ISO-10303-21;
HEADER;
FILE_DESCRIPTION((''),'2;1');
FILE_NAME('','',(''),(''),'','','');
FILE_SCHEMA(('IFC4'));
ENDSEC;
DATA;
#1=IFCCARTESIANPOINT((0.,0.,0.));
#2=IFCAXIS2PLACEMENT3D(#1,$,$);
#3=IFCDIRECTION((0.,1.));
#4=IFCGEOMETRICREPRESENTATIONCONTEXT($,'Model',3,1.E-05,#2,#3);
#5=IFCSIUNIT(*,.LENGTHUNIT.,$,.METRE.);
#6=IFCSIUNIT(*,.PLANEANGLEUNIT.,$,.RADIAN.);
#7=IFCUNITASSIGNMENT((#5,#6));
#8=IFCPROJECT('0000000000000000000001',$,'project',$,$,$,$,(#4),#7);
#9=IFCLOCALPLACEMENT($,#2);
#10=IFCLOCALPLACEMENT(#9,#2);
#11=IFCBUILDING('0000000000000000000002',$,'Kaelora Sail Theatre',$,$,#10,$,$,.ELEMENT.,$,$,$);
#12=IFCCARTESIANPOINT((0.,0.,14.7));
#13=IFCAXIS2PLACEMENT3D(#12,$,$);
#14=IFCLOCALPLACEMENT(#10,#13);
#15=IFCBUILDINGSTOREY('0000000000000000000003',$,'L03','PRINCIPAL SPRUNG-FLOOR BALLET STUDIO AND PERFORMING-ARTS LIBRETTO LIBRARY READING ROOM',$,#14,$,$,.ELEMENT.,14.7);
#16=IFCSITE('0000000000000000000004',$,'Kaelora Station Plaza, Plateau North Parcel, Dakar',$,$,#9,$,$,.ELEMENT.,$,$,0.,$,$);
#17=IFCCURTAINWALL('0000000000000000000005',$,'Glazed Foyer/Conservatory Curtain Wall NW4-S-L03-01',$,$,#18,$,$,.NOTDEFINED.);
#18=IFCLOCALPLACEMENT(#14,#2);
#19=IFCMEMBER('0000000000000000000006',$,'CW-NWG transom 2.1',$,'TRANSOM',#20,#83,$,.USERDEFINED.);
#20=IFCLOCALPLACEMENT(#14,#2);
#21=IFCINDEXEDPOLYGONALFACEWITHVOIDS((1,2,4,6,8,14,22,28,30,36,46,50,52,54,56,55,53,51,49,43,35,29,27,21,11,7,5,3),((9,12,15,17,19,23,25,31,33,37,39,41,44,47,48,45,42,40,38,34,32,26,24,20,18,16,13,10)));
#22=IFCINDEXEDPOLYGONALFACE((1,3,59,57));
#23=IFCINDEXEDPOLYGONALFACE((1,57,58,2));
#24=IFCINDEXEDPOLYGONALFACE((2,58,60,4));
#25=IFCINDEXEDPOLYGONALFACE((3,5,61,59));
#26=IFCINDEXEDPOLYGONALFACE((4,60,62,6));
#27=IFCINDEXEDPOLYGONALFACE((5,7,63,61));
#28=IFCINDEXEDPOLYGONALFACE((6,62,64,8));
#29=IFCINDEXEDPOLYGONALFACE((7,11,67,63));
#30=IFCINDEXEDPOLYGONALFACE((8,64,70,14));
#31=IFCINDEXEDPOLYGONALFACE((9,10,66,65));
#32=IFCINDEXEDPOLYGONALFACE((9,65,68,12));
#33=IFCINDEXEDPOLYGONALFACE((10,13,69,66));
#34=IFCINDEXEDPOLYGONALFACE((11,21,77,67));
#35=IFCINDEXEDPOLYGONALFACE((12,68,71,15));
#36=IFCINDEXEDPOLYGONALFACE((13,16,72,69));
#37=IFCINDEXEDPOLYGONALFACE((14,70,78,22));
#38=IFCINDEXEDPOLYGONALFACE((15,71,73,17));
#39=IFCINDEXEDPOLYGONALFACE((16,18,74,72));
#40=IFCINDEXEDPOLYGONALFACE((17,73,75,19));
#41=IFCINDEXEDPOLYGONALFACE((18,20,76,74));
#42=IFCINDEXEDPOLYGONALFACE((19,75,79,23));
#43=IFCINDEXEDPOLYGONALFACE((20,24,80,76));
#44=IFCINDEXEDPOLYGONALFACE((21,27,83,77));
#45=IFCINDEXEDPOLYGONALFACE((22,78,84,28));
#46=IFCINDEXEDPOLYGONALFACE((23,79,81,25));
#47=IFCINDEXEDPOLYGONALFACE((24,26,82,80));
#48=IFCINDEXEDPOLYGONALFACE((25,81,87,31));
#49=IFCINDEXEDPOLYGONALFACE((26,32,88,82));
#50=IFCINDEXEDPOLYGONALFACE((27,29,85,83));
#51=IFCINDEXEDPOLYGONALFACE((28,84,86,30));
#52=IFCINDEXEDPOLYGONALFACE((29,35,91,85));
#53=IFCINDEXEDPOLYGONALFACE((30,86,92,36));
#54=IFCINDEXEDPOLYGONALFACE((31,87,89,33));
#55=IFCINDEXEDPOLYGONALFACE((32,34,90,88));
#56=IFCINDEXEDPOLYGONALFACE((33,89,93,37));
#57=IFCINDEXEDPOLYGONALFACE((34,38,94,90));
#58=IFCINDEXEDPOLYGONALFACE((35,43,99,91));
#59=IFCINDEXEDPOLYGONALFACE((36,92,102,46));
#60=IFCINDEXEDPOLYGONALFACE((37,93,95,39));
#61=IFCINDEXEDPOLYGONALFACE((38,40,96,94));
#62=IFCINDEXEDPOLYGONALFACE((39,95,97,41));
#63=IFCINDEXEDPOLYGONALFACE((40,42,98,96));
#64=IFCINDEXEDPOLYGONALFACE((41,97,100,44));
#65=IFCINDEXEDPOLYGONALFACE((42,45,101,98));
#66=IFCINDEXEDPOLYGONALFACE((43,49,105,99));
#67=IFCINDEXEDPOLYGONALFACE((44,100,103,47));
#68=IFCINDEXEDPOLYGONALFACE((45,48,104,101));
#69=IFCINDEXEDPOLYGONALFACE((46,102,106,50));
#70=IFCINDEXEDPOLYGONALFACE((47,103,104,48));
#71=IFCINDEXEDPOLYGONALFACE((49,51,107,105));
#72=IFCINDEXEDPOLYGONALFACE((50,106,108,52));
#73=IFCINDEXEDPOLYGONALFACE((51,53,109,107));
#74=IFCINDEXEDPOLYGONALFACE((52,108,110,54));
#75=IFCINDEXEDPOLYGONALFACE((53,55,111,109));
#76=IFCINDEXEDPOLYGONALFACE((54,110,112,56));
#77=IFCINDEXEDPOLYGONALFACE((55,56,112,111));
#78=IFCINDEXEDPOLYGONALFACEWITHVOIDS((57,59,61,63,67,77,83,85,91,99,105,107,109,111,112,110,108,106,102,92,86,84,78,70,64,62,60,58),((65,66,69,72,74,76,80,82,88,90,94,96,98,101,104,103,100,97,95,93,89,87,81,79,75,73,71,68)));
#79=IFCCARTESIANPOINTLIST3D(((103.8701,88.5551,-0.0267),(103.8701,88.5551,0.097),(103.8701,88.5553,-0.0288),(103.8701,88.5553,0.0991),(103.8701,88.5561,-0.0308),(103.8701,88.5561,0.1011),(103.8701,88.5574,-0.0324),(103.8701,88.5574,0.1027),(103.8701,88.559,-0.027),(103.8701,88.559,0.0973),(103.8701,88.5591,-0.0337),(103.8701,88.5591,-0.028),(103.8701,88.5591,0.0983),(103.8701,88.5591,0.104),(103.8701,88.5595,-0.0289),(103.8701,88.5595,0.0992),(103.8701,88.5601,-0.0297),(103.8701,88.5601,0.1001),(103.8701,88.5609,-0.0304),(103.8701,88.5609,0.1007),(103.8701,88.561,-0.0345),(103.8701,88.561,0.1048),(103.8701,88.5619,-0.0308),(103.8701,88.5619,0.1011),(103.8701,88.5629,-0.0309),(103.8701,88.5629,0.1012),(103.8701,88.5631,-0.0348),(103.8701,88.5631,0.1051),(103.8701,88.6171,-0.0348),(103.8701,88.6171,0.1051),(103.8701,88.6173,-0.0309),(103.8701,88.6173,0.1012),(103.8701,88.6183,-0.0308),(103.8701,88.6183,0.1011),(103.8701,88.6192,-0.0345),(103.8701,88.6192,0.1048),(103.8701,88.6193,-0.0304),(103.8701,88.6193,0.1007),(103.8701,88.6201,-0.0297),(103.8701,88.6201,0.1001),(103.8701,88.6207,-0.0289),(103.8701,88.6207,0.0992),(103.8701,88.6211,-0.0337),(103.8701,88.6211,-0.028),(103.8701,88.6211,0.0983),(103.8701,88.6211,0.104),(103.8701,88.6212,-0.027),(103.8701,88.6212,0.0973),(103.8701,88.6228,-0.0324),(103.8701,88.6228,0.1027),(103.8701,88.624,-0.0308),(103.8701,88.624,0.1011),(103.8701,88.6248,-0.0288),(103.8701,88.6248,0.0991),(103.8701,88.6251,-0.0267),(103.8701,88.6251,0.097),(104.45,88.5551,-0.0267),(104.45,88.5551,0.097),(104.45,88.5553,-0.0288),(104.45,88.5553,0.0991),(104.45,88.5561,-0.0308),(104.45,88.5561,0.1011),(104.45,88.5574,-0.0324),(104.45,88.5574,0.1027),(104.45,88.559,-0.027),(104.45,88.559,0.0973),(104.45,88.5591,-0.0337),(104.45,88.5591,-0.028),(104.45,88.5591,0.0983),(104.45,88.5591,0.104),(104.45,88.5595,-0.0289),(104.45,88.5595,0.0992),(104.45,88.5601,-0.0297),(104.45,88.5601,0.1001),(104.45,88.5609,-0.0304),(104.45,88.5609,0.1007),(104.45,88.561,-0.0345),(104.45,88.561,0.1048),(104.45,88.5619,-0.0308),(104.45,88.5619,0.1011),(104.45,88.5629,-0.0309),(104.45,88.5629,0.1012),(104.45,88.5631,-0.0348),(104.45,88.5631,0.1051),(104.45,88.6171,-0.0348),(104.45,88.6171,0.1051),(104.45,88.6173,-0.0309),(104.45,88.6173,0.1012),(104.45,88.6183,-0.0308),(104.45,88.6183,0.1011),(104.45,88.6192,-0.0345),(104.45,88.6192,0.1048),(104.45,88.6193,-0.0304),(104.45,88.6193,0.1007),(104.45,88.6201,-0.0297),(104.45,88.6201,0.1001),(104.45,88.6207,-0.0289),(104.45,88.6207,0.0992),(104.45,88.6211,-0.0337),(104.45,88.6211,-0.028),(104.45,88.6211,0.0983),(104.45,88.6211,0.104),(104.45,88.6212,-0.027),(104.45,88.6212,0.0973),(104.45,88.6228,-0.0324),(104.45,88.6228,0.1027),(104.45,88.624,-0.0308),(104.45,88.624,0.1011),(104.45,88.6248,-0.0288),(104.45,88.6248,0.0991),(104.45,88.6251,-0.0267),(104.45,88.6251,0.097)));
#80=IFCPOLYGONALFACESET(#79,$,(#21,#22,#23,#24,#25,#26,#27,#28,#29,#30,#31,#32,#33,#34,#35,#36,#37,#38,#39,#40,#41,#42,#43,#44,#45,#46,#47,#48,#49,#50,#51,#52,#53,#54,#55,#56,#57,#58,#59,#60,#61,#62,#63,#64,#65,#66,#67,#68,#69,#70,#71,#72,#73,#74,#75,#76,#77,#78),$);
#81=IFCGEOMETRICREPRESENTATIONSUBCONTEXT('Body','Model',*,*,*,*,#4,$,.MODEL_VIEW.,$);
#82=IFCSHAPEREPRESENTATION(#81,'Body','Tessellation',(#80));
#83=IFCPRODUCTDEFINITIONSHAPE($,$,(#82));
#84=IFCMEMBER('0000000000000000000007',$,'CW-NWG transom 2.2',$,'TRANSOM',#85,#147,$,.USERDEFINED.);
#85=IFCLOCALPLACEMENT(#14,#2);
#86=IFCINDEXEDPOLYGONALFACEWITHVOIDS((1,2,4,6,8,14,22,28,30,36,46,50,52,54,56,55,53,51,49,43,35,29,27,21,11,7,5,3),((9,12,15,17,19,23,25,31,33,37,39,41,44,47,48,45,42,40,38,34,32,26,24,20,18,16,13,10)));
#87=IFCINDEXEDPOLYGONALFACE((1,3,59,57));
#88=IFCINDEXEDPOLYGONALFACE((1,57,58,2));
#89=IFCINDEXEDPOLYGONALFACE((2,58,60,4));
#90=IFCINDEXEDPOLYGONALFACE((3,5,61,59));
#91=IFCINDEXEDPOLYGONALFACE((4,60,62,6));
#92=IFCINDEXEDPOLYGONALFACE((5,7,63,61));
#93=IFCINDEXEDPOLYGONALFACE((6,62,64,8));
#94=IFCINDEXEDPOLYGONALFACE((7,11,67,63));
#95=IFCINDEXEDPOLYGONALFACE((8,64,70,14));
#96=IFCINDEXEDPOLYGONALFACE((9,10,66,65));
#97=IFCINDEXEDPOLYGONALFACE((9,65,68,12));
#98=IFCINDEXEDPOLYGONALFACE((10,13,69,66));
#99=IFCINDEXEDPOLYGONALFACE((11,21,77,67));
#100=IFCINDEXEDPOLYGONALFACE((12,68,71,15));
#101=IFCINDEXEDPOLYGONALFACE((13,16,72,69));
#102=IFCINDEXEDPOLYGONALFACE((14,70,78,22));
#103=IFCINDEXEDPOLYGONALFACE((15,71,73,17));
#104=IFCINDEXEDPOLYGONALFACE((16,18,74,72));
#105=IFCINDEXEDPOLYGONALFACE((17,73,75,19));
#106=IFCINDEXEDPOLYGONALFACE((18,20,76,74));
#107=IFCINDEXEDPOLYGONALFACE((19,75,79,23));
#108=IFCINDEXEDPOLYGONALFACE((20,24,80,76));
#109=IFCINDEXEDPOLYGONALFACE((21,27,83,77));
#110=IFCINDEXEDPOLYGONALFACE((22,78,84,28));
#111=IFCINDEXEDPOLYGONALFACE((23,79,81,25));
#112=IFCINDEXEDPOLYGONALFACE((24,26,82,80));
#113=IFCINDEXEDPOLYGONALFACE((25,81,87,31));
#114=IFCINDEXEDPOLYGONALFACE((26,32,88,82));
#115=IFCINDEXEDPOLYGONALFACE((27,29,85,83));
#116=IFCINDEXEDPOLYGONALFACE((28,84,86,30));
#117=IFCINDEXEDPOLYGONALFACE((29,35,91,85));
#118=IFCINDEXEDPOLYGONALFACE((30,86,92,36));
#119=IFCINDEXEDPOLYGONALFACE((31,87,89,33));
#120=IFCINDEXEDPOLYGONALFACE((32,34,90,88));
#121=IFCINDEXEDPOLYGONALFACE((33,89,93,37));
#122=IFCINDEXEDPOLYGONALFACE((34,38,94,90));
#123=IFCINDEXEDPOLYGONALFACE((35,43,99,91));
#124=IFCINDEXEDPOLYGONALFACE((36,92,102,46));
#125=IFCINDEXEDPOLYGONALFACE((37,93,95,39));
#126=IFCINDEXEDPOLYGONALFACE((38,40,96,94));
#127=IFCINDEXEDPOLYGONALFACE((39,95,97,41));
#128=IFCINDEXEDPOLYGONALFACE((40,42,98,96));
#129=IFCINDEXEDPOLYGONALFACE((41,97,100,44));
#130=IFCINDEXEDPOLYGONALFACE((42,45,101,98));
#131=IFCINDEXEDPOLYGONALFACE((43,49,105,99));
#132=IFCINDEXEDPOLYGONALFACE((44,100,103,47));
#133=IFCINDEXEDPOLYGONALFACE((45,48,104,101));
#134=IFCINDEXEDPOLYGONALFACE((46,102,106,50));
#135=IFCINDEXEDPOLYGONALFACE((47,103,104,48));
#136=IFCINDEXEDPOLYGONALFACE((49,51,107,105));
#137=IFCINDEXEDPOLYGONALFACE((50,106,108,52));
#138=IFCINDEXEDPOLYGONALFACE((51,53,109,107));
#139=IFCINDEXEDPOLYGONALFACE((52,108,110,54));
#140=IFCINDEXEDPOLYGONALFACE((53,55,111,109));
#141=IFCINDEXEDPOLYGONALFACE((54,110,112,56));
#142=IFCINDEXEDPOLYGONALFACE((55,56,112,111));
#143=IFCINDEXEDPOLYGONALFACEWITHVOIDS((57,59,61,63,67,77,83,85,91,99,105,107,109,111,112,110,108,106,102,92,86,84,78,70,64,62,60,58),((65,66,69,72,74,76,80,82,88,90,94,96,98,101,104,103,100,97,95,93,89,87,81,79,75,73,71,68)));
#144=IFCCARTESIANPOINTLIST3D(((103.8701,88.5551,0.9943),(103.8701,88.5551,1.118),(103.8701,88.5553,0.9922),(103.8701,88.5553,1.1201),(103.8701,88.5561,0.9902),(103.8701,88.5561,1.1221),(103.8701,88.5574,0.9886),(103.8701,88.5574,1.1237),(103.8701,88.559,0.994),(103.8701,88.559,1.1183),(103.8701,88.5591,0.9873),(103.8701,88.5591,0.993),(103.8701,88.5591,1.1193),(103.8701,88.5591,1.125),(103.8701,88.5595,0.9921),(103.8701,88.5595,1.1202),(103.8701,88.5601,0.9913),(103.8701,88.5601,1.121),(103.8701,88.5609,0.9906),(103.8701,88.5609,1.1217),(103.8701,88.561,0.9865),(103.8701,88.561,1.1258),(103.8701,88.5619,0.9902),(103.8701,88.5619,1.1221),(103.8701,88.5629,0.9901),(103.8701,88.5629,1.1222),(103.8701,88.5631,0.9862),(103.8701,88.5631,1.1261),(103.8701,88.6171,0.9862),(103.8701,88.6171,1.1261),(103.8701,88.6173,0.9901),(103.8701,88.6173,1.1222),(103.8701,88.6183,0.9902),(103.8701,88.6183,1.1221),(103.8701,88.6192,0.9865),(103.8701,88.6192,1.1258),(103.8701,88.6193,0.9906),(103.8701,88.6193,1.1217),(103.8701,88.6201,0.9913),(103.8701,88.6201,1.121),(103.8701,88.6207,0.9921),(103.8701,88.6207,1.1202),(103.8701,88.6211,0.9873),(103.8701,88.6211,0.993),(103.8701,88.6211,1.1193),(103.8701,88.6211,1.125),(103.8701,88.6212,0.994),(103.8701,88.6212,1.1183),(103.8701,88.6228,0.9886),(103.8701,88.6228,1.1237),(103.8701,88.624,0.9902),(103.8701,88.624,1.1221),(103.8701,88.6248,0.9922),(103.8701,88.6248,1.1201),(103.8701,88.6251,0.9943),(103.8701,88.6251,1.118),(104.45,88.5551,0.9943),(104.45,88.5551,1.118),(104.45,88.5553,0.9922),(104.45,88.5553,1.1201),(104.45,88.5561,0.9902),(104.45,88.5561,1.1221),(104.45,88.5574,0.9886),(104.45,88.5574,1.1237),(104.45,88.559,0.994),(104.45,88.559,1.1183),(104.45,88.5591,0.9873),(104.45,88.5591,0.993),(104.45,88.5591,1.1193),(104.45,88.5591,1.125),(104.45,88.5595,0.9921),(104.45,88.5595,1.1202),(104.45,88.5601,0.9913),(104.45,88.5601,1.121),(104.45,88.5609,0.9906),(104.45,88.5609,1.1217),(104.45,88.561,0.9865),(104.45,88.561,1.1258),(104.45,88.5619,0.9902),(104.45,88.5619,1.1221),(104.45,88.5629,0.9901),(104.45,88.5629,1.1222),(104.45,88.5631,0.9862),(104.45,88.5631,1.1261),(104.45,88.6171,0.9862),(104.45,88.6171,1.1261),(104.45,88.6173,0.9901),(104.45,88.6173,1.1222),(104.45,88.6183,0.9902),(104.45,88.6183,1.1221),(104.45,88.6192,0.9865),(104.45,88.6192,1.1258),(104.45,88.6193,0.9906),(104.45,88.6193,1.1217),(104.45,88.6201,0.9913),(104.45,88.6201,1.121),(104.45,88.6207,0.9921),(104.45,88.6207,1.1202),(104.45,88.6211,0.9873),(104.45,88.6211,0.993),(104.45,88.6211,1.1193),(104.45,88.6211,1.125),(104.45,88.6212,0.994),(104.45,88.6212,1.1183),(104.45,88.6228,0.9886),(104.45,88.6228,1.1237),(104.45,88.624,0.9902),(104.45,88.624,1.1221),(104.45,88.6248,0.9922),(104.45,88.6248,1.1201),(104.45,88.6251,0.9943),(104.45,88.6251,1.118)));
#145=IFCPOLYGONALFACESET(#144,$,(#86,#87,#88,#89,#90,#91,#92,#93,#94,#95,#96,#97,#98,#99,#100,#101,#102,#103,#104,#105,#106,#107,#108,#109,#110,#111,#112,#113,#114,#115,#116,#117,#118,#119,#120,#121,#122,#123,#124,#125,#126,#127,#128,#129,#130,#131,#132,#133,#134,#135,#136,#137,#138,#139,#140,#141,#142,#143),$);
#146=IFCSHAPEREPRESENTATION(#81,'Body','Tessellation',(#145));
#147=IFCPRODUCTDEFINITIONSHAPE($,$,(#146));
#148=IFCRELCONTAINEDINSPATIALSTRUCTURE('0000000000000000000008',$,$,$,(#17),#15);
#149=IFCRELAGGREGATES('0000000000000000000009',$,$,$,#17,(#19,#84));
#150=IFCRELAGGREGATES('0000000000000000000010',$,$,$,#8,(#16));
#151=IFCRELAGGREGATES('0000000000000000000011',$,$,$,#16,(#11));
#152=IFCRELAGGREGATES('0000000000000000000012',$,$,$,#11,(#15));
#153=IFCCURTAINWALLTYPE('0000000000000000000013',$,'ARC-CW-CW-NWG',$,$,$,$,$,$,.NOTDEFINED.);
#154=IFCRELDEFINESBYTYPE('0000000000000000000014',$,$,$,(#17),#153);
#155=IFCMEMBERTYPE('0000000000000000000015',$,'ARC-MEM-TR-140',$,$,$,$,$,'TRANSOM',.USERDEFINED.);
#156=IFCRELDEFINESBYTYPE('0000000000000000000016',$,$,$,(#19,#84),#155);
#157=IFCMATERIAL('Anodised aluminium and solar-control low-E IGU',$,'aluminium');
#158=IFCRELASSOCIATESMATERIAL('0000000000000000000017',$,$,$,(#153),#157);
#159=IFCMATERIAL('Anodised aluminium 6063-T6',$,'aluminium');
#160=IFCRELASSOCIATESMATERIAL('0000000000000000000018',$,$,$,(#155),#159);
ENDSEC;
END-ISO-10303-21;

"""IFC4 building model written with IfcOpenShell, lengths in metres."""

from ifc_helpers import new_model, si_unit, direction, frame, origin, origin_2d, place, context, subcontext, project, spatial, hollow_rectangle, extrude, material, material_profile, profile_set, type_object, element, aggregate, save


model = new_model("IFC4")

# Units and contexts
model_context = context("Model", 3, precision=1e-05, world=origin(), true_north=direction((0.0, 1.0)))
body_context = subcontext(model_context, "Body", "Model", "MODEL_VIEW")
ifc_project = project(units=[si_unit("LENGTHUNIT", "METRE"), si_unit("PLANEANGLEUNIT", "RADIAN")], contexts=[model_context])

# Site, building, storey
site_placement = place(None, origin())
site = spatial("IfcSite", under=ifc_project, at=site_placement, Name="Kaelora Station Plaza, Plateau North Parcel, Dakar", CompositionType="ELEMENT", RefElevation=0.0)
building_placement = place(site_placement, origin())
building = spatial("IfcBuilding", under=site, at=building_placement, Name="Kaelora Sail Theatre", CompositionType="ELEMENT")
storey_placement = place(building_placement, frame((0.0, 0.0, 14.7)))
storey = spatial("IfcBuildingStorey", under=building, at=storey_placement, Name="L03", Description="PRINCIPAL SPRUNG-FLOOR BALLET STUDIO AND PERFORMING-ARTS LIBRETTO LIBRARY READING ROOM", CompositionType="ELEMENT", Elevation=14.7)

# Curtain wall
ifc_material_1 = material(Name="Anodised aluminium and solar-control low-E IGU", Category="aluminium")
curtain_wall_type_1 = type_object("IfcCurtainWallType", Name="ARC-CW-CW-NWG", PredefinedType="NOTDEFINED", material=ifc_material_1)
curtain_wall_1_placement = place(storey_placement, origin())
curtain_wall_1 = element("IfcCurtainWall", 1, at=curtain_wall_1_placement, inside=storey, type_object=curtain_wall_type_1, Name="Glazed Foyer/Conservatory Curtain Wall NW4-S-L03-01", PredefinedType="NOTDEFINED")

# Members
ifc_material_2 = material(Name="Anodised aluminium 6063-T6", Category="aluminium")
ifc_material_profile_1 = material_profile(ifc_material_2, hollow_rectangle(XDim=0.0701, YDim=0.1399, WallThickness=0.0039, InnerFilletRadius=0.0039, OuterFilletRadius=0.0081, at=origin_2d()), Name="ALU-TRAN 70x140x4")
ifc_profile_set_1 = profile_set([ifc_material_profile_1], Name="Anodised aluminium 6063-T6")
member_type_1 = type_object("IfcMemberType", Name="ARC-MEM-TR-140", ElementType="TRANSOM", PredefinedType="USERDEFINED", material=ifc_profile_set_1)
member_1_placement = place(storey_placement, frame((103.8701, 88.5901, 0.0352), z_axis=(1.0, 0.0, 0.0), x_axis=(0.0, 1.0, 0.0)))
member_1 = element("IfcMember", 2, at=member_1_placement, type_object=member_type_1, Name="CW-NWG transom 2.1", ObjectType="TRANSOM", PredefinedType="USERDEFINED", context=body_context, shape_type="SweptSolid", body=[
    extrude(hollow_rectangle(XDim=0.0701, YDim=0.1399, WallThickness=0.0039, InnerFilletRadius=0.0039, OuterFilletRadius=0.0081, at=origin_2d()), origin(), (0.0, 0.0, 1.0), 0.5798),
])
member_2_placement = place(storey_placement, frame((103.8701, 88.5901, 1.0562), z_axis=(1.0, 0.0, 0.0), x_axis=(0.0, 1.0, 0.0)))
member_2 = element("IfcMember", 3, at=member_2_placement, type_object=member_type_1, Name="CW-NWG transom 2.2", ObjectType="TRANSOM", PredefinedType="USERDEFINED", context=body_context, shape_type="SweptSolid", body=[
    extrude(hollow_rectangle(XDim=0.0701, YDim=0.1399, WallThickness=0.0039, InnerFilletRadius=0.0039, OuterFilletRadius=0.0081, at=origin_2d()), origin(), (0.0, 0.0, 1.0), 0.5798),
])

aggregate(curtain_wall_1, [member_1, member_2])

save(model, "model.ifc")
